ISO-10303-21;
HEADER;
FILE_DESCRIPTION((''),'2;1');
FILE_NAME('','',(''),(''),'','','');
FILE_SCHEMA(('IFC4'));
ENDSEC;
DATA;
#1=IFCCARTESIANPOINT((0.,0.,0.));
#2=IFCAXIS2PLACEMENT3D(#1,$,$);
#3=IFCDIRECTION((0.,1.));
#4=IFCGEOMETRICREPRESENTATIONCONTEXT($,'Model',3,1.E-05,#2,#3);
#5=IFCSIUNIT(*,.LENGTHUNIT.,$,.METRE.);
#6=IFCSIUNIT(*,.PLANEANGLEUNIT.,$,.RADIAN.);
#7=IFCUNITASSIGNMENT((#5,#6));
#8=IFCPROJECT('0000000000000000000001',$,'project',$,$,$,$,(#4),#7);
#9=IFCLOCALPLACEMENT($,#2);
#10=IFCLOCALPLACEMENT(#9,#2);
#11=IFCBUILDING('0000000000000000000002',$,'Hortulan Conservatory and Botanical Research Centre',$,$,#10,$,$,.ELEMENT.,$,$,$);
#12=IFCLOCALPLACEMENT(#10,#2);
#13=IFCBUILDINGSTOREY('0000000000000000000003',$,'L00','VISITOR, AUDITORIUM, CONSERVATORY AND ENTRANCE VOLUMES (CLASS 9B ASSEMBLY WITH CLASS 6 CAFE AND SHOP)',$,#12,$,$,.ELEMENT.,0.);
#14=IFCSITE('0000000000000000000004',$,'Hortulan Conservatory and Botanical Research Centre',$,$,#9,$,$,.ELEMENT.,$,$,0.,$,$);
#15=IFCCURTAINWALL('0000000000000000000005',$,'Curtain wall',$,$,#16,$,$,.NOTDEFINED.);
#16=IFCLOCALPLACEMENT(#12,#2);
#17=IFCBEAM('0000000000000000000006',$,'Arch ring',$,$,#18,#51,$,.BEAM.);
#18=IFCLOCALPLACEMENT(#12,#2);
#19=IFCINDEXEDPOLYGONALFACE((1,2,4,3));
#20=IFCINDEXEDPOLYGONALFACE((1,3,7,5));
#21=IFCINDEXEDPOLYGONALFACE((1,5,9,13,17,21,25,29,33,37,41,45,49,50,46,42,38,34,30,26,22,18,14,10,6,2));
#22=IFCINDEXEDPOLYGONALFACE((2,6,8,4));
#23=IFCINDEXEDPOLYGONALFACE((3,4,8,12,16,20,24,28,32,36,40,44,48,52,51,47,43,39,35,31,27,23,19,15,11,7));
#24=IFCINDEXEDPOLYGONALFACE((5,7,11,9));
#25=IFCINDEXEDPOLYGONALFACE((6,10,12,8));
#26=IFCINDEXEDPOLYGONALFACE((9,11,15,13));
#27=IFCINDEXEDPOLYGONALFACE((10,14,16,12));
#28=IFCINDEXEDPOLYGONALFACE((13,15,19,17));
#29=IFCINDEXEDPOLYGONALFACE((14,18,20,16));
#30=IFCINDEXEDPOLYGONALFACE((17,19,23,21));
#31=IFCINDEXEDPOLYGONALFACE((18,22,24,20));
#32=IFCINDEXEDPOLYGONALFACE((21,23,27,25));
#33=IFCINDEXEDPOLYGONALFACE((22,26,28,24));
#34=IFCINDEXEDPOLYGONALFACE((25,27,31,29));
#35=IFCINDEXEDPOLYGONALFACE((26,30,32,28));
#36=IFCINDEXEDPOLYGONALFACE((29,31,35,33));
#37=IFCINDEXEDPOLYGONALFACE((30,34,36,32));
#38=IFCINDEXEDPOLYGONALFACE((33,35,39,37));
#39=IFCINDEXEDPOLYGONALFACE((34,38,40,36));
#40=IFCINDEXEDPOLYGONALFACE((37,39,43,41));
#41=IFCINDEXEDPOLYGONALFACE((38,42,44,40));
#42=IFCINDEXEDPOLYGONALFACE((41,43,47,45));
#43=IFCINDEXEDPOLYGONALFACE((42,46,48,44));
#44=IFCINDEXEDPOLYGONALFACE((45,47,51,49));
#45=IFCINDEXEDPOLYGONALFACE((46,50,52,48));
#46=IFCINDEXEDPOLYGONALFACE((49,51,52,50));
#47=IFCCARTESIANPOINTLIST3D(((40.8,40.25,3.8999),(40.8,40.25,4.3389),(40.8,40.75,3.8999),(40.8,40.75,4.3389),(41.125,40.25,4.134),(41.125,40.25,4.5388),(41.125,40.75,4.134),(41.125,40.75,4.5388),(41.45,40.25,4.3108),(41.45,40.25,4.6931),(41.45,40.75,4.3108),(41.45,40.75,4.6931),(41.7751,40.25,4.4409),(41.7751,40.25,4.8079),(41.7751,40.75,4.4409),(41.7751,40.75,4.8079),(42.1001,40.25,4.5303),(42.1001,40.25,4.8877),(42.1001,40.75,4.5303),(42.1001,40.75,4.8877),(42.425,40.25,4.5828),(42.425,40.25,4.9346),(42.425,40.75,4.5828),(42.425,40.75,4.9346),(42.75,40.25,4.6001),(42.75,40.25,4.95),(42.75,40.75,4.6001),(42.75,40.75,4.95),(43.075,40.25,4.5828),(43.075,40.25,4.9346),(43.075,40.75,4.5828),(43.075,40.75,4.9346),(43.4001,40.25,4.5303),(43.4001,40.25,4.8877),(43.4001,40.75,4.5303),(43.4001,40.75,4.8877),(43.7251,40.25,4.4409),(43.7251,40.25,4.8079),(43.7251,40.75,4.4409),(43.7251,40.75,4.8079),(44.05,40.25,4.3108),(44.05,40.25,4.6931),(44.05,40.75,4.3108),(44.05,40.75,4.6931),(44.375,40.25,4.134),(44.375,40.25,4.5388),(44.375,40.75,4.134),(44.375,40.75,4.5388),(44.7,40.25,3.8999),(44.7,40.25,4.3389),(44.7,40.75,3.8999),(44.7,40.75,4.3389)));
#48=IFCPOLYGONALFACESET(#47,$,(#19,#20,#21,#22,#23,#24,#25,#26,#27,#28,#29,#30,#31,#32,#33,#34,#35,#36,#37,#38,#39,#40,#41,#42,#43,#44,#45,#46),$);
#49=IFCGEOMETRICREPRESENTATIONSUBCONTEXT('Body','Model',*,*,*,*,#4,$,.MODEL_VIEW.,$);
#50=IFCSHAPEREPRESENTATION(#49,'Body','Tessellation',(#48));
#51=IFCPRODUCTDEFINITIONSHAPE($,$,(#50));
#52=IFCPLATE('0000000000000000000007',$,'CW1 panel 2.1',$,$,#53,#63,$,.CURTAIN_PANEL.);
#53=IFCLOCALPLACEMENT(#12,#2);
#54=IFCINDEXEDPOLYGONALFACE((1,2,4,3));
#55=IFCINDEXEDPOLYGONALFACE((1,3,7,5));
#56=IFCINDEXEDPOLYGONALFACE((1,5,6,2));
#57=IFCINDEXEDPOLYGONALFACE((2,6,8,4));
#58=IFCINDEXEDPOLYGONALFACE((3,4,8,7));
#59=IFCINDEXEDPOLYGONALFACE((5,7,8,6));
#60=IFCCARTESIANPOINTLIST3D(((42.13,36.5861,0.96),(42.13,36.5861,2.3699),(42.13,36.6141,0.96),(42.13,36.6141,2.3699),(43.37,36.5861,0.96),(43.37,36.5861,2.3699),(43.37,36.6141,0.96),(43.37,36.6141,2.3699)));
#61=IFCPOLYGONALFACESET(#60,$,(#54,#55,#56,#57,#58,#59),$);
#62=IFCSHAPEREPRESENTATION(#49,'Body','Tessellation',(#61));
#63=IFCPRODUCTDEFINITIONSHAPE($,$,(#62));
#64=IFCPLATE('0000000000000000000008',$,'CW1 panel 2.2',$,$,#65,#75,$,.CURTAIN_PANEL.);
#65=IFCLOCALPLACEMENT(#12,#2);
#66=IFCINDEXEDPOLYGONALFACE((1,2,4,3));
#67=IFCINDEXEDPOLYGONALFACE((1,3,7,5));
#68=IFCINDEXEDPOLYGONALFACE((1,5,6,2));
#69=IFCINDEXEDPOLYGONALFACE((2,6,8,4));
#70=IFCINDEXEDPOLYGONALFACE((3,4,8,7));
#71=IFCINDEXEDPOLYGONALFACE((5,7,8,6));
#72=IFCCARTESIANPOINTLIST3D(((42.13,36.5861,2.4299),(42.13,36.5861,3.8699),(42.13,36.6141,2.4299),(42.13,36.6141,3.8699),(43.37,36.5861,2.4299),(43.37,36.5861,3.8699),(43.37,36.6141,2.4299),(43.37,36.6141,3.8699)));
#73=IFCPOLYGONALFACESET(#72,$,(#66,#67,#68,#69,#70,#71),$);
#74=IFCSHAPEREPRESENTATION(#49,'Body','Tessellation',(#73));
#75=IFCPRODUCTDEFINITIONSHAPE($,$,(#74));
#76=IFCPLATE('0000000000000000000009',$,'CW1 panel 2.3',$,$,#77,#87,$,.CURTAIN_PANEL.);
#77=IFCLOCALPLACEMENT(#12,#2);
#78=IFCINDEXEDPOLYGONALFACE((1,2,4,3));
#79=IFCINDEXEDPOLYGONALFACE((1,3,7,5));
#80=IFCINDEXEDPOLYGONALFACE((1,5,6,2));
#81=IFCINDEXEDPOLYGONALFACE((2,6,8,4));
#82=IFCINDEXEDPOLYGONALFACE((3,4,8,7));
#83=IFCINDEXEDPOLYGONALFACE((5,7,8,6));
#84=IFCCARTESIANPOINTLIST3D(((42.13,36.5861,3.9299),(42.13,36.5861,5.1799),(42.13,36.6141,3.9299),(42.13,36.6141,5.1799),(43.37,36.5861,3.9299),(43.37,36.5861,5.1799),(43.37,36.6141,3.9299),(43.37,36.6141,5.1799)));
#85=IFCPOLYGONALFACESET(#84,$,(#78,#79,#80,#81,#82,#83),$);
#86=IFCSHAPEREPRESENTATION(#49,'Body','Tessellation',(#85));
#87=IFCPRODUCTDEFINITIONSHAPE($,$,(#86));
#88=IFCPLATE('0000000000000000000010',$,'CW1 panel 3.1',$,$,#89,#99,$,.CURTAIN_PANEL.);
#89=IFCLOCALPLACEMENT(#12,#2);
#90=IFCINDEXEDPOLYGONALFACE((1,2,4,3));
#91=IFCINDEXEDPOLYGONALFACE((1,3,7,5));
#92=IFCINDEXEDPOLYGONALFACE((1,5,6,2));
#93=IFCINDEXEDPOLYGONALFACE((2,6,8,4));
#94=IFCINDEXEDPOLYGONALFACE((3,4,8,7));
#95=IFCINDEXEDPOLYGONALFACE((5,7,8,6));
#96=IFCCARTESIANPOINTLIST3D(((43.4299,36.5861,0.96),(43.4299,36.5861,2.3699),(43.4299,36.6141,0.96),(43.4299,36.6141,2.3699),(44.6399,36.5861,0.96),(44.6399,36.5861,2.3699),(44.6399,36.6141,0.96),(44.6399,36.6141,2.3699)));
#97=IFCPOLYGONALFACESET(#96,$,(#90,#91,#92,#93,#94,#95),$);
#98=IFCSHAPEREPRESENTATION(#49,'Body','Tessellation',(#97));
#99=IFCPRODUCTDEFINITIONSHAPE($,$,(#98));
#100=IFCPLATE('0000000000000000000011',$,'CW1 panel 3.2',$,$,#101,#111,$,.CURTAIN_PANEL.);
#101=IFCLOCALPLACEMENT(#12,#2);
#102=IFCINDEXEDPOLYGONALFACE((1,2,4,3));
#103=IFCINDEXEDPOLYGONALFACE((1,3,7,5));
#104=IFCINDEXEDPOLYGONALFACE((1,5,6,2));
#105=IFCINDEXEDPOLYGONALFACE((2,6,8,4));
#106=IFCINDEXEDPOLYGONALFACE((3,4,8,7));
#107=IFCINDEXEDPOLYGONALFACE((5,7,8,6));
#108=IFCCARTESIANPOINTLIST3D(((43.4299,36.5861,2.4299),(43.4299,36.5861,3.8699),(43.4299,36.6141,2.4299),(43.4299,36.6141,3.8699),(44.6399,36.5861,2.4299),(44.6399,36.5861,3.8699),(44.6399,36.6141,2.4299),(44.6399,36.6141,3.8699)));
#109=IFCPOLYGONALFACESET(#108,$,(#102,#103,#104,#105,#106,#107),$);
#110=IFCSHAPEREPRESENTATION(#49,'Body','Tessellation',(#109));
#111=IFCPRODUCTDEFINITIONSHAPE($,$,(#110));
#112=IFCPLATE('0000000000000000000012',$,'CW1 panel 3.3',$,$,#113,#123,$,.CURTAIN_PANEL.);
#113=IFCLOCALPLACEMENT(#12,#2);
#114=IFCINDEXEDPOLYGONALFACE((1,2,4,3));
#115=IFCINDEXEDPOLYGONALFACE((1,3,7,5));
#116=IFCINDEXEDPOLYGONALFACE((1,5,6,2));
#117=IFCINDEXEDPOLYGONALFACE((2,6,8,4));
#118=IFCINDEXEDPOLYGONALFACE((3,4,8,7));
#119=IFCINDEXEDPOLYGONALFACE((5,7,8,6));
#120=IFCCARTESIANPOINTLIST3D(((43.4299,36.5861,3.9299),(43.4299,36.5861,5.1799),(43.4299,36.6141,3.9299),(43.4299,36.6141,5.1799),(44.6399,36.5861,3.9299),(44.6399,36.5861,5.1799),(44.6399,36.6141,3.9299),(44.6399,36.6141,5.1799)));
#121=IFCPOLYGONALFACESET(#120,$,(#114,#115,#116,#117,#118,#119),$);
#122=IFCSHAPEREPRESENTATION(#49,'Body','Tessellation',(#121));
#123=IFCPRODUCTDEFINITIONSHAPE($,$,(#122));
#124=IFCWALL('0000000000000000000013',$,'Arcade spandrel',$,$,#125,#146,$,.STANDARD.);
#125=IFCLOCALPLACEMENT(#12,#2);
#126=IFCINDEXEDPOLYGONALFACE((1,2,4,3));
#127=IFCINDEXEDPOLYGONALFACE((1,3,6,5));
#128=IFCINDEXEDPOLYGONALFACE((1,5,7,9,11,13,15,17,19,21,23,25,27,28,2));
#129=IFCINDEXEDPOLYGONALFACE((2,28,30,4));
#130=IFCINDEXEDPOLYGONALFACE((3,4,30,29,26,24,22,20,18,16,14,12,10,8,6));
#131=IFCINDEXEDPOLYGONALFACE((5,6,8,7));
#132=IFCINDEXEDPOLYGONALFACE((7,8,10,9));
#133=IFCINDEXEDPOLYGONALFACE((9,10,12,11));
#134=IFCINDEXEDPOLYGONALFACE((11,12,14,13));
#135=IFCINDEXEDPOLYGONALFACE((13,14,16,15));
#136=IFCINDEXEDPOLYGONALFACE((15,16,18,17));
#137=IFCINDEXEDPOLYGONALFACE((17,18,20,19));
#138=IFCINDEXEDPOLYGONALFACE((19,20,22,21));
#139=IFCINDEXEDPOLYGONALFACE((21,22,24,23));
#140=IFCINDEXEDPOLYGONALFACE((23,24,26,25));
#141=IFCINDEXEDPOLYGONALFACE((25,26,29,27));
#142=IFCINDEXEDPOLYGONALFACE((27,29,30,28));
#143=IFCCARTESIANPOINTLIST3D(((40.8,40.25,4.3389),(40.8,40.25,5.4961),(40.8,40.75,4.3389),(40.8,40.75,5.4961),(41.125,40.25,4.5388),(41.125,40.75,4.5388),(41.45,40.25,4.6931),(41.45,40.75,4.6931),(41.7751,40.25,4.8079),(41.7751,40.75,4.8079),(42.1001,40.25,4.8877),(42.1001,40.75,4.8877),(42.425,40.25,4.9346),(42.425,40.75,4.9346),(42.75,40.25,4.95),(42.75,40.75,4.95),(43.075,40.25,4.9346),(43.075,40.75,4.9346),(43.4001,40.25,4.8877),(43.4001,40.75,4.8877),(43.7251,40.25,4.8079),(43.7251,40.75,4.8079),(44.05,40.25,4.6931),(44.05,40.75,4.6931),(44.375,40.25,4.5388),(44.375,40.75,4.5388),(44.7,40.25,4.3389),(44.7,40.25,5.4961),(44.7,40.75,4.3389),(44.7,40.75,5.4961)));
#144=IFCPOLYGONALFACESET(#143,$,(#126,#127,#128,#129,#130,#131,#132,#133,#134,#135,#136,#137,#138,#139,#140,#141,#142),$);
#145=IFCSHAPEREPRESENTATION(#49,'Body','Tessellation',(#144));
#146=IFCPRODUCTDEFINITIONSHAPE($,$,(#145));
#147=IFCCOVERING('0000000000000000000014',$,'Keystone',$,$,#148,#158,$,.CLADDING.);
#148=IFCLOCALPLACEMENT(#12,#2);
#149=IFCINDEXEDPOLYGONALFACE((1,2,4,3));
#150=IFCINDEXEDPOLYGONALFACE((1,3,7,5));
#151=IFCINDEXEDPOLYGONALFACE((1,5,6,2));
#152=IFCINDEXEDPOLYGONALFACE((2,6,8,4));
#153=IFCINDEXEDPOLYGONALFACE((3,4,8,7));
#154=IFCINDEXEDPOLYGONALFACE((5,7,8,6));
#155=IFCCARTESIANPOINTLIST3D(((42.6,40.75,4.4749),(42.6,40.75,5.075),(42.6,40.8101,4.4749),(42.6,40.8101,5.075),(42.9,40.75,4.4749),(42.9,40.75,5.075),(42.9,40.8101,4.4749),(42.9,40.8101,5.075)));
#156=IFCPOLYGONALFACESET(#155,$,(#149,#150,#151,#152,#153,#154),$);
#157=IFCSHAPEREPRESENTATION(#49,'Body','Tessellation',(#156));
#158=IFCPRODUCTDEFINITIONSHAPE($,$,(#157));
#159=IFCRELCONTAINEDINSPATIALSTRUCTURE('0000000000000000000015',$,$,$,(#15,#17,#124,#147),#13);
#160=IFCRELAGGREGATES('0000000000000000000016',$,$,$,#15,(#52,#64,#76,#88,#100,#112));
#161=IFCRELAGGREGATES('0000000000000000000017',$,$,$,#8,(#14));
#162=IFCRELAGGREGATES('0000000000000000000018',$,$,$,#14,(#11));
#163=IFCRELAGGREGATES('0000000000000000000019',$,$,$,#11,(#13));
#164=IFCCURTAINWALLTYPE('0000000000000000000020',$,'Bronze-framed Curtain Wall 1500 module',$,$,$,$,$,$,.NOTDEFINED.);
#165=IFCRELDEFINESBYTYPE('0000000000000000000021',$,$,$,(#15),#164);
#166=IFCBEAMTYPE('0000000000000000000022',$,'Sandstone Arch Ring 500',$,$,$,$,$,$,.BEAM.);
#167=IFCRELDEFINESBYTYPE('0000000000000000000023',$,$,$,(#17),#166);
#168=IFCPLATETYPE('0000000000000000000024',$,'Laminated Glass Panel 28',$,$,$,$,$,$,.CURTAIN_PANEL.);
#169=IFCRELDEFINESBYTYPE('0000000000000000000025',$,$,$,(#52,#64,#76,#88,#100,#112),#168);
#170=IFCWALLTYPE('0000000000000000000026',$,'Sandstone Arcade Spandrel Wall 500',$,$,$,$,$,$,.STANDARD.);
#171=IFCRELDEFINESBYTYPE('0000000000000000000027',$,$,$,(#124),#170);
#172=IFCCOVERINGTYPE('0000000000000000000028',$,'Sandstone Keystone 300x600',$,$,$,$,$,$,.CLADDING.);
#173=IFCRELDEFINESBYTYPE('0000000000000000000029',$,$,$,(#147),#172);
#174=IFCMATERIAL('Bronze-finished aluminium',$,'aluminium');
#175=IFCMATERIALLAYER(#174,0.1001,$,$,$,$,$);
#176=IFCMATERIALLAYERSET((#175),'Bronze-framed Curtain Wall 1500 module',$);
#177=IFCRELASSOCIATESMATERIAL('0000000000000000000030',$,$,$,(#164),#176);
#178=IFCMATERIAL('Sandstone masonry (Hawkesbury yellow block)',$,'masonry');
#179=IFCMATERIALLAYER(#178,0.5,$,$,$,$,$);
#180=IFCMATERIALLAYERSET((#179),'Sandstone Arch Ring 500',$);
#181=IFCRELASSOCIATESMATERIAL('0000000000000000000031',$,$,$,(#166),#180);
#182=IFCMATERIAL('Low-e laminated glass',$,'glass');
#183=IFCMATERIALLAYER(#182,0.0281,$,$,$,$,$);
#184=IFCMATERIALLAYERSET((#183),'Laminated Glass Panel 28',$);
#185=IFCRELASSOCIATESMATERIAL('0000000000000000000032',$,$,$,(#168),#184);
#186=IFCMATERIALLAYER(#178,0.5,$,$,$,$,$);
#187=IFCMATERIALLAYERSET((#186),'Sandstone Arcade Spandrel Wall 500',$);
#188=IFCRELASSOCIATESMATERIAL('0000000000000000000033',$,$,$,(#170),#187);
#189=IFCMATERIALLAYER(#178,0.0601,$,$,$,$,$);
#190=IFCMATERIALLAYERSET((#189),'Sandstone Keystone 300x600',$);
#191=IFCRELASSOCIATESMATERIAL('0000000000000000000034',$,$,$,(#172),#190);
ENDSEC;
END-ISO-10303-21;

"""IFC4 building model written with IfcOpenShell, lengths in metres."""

from ifc_helpers import new_model, si_unit, direction, frame, origin, origin_2d, place, context, subcontext, project, spatial, polyline, rectangle, outline, extrude, material, layer, layer_set, type_object, element, aggregate, save


model = new_model("IFC4")

# Units and contexts
model_context = context("Model", 3, precision=1e-05, world=origin(), true_north=direction((0.0, 1.0)))
body_context = subcontext(model_context, "Body", "Model", "MODEL_VIEW")
ifc_project = project(units=[si_unit("LENGTHUNIT", "METRE"), si_unit("PLANEANGLEUNIT", "RADIAN")], contexts=[model_context])

# Site, building, storey
site_placement = place(None, origin())
site = spatial("IfcSite", under=ifc_project, at=site_placement, Name="Hortulan Conservatory and Botanical Research Centre", CompositionType="ELEMENT", RefElevation=0.0)
building_placement = place(site_placement, origin())
building = spatial("IfcBuilding", under=site, at=building_placement, Name="Hortulan Conservatory and Botanical Research Centre", CompositionType="ELEMENT")
storey_placement = place(building_placement, origin())
storey = spatial("IfcBuildingStorey", under=building, at=storey_placement, Name="L00", Description="VISITOR, AUDITORIUM, CONSERVATORY AND ENTRANCE VOLUMES (CLASS 9B ASSEMBLY WITH CLASS 6 CAFE AND SHOP)", CompositionType="ELEMENT", Elevation=0.0)

# Curtain wall
ifc_material_1 = material(Name="Bronze-finished aluminium", Category="aluminium")
ifc_layer_1 = layer(ifc_material_1, 0.1001)
ifc_layer_set_1 = layer_set([ifc_layer_1], Name="Bronze-framed Curtain Wall 1500 module")
curtain_wall_type = type_object("IfcCurtainWallType", Name="Bronze-framed Curtain Wall 1500 module", PredefinedType="NOTDEFINED", material=ifc_layer_set_1)
curtain_wall_placement = place(storey_placement, origin())
curtain_wall = element("IfcCurtainWall", 1, at=curtain_wall_placement, inside=storey, type_object=curtain_wall_type, Name="Curtain wall", PredefinedType="NOTDEFINED")

# Beam
ifc_material_2 = material(Name="Sandstone masonry (Hawkesbury yellow block)", Category="masonry")
ifc_layer_2 = layer(ifc_material_2, 0.5)
ifc_layer_set_2 = layer_set([ifc_layer_2], Name="Sandstone Arch Ring 500")
beam_type_1 = type_object("IfcBeamType", Name="Sandstone Arch Ring 500", PredefinedType="BEAM", material=ifc_layer_set_2)
beam_1_placement = place(storey_placement, frame((40.8, 40.5, 3.8999), z_axis=(0.0, 0.0, 1.0), x_axis=(1.0, 0.0, 0.0)))
element("IfcBeam", 2, at=beam_1_placement, inside=storey, type_object=beam_type_1, Name="Arch ring", PredefinedType="BEAM", context=body_context, shape_type="SweptSolid", body=[
    extrude(outline(polyline([(0.0, 0.0), (0.325, 0.2341), (0.6499, 0.4109), (0.9751, 0.541), (1.3, 0.6304), (1.625, 0.6829), (1.95, 0.7002), (2.2749, 0.6829), (2.6001, 0.6304), (2.925, 0.541), (3.25, 0.4109), (3.575, 0.2341), (3.8999, 0.0), (3.8999, 0.439), (3.575, 0.6389), (3.25, 0.7932), (2.925, 0.908), (2.6001, 0.9878), (2.2749, 1.0347), (1.95, 1.05), (1.625, 1.0347), (1.3, 0.9878), (0.9751, 0.908), (0.6499, 0.7932), (0.325, 0.6389), (0.0, 0.439), (0.0, 0.0)])), frame((0.0, 0.25, 0.0), z_axis=(0.0, -1.0, 0.0), x_axis=(1.0, 0.0, 0.0)), (0.0, 0.0, 1.0), 0.5),
])

# Plates
ifc_material_3 = material(Name="Low-e laminated glass", Category="glass")
ifc_layer_3 = layer(ifc_material_3, 0.0281)
ifc_layer_set_3 = layer_set([ifc_layer_3], Name="Laminated Glass Panel 28")
plate_type = type_object("IfcPlateType", Name="Laminated Glass Panel 28", PredefinedType="CURTAIN_PANEL", material=ifc_layer_set_3)
plate_1_placement = place(storey_placement, frame((42.75, 36.6001, 0.96), z_axis=(0.0, 0.0, 1.0), x_axis=(1.0, 0.0, 0.0)))
plate_1 = element("IfcPlate", 3, at=plate_1_placement, type_object=plate_type, Name="CW1 panel 2.1", PredefinedType="CURTAIN_PANEL", context=body_context, shape_type="SweptSolid", body=[
    extrude(rectangle(XDim=1.24, YDim=0.0281, at=origin_2d()), origin(), (0.0, 0.0, 1.0), 1.4099),
])
plate_2_placement = place(storey_placement, frame((42.75, 36.6001, 2.4299), z_axis=(0.0, 0.0, 1.0), x_axis=(1.0, 0.0, 0.0)))
plate_2 = element("IfcPlate", 4, at=plate_2_placement, type_object=plate_type, Name="CW1 panel 2.2", PredefinedType="CURTAIN_PANEL", context=body_context, shape_type="SweptSolid", body=[
    extrude(rectangle(XDim=1.24, YDim=0.0281, at=origin_2d()), origin(), (0.0, 0.0, 1.0), 1.4399),
])
plate_3_placement = place(storey_placement, frame((42.75, 36.6001, 3.9299), z_axis=(0.0, 0.0, 1.0), x_axis=(1.0, 0.0, 0.0)))
plate_3 = element("IfcPlate", 5, at=plate_3_placement, type_object=plate_type, Name="CW1 panel 2.3", PredefinedType="CURTAIN_PANEL", context=body_context, shape_type="SweptSolid", body=[
    extrude(rectangle(XDim=1.24, YDim=0.0281, at=origin_2d()), origin(), (0.0, 0.0, 1.0), 1.25),
])
plate_4_placement = place(storey_placement, frame((44.0349, 36.6001, 0.96), z_axis=(0.0, 0.0, 1.0), x_axis=(1.0, 0.0, 0.0)))
plate_4 = element("IfcPlate", 6, at=plate_4_placement, type_object=plate_type, Name="CW1 panel 3.1", PredefinedType="CURTAIN_PANEL", context=body_context, shape_type="SweptSolid", body=[
    extrude(rectangle(XDim=1.21, YDim=0.0281, at=origin_2d()), origin(), (0.0, 0.0, 1.0), 1.4099),
])
plate_5_placement = place(storey_placement, frame((44.0349, 36.6001, 2.4299), z_axis=(0.0, 0.0, 1.0), x_axis=(1.0, 0.0, 0.0)))
plate_5 = element("IfcPlate", 7, at=plate_5_placement, type_object=plate_type, Name="CW1 panel 3.2", PredefinedType="CURTAIN_PANEL", context=body_context, shape_type="SweptSolid", body=[
    extrude(rectangle(XDim=1.21, YDim=0.0281, at=origin_2d()), origin(), (0.0, 0.0, 1.0), 1.4399),
])
plate_6_placement = place(storey_placement, frame((44.0349, 36.6001, 3.9299), z_axis=(0.0, 0.0, 1.0), x_axis=(1.0, 0.0, 0.0)))
plate_6 = element("IfcPlate", 8, at=plate_6_placement, type_object=plate_type, Name="CW1 panel 3.3", PredefinedType="CURTAIN_PANEL", context=body_context, shape_type="SweptSolid", body=[
    extrude(rectangle(XDim=1.21, YDim=0.0281, at=origin_2d()), origin(), (0.0, 0.0, 1.0), 1.25),
])
aggregate(curtain_wall, [plate_1, plate_2, plate_3, plate_4, plate_5, plate_6])

# Wall
ifc_layer_4 = layer(ifc_material_2, 0.5)
ifc_layer_set_4 = layer_set([ifc_layer_4], Name="Sandstone Arcade Spandrel Wall 500")
wall_type = type_object("IfcWallType", Name="Sandstone Arcade Spandrel Wall 500", PredefinedType="STANDARD", material=ifc_layer_set_4)
wall_placement = place(storey_placement, frame((40.8, 40.5, 4.3389), z_axis=(0.0, 0.0, 1.0), x_axis=(1.0, 0.0, 0.0)))
element("IfcWall", 9, at=wall_placement, inside=storey, type_object=wall_type, Name="Arcade spandrel", PredefinedType="STANDARD", context=body_context, shape_type="SweptSolid", body=[
    extrude(outline(polyline([(0.0, 0.0), (0.325, 0.2), (0.6499, 0.3542), (0.9751, 0.469), (1.3, 0.5488), (1.625, 0.5957), (1.95, 0.6111), (2.2749, 0.5957), (2.6001, 0.5488), (2.925, 0.469), (3.25, 0.3542), (3.575, 0.2), (3.8999, 0.0), (3.8999, 1.1572), (0.0, 1.1572), (0.0, 0.0)])), frame((0.0, 0.25, 0.0), z_axis=(0.0, -1.0, 0.0), x_axis=(1.0, 0.0, 0.0)), (0.0, 0.0, 1.0), 0.5),
])

# Covering
ifc_layer_5 = layer(ifc_material_2, 0.0601)
ifc_layer_set_5 = layer_set([ifc_layer_5], Name="Sandstone Keystone 300x600")
covering_type = type_object("IfcCoveringType", Name="Sandstone Keystone 300x600", PredefinedType="CLADDING", material=ifc_layer_set_5)
covering_placement = place(storey_placement, frame((42.75, 40.78, 4.4749), z_axis=(0.0, 0.0, 1.0), x_axis=(1.0, 0.0, 0.0)))
element("IfcCovering", 10, at=covering_placement, inside=storey, type_object=covering_type, Name="Keystone", PredefinedType="CLADDING", context=body_context, shape_type="SweptSolid", body=[
    extrude(rectangle(XDim=0.3, YDim=0.0601, at=origin_2d()), origin(), (0.0, 0.0, 1.0), 0.6001),
])

save(model, "model.ifc")
